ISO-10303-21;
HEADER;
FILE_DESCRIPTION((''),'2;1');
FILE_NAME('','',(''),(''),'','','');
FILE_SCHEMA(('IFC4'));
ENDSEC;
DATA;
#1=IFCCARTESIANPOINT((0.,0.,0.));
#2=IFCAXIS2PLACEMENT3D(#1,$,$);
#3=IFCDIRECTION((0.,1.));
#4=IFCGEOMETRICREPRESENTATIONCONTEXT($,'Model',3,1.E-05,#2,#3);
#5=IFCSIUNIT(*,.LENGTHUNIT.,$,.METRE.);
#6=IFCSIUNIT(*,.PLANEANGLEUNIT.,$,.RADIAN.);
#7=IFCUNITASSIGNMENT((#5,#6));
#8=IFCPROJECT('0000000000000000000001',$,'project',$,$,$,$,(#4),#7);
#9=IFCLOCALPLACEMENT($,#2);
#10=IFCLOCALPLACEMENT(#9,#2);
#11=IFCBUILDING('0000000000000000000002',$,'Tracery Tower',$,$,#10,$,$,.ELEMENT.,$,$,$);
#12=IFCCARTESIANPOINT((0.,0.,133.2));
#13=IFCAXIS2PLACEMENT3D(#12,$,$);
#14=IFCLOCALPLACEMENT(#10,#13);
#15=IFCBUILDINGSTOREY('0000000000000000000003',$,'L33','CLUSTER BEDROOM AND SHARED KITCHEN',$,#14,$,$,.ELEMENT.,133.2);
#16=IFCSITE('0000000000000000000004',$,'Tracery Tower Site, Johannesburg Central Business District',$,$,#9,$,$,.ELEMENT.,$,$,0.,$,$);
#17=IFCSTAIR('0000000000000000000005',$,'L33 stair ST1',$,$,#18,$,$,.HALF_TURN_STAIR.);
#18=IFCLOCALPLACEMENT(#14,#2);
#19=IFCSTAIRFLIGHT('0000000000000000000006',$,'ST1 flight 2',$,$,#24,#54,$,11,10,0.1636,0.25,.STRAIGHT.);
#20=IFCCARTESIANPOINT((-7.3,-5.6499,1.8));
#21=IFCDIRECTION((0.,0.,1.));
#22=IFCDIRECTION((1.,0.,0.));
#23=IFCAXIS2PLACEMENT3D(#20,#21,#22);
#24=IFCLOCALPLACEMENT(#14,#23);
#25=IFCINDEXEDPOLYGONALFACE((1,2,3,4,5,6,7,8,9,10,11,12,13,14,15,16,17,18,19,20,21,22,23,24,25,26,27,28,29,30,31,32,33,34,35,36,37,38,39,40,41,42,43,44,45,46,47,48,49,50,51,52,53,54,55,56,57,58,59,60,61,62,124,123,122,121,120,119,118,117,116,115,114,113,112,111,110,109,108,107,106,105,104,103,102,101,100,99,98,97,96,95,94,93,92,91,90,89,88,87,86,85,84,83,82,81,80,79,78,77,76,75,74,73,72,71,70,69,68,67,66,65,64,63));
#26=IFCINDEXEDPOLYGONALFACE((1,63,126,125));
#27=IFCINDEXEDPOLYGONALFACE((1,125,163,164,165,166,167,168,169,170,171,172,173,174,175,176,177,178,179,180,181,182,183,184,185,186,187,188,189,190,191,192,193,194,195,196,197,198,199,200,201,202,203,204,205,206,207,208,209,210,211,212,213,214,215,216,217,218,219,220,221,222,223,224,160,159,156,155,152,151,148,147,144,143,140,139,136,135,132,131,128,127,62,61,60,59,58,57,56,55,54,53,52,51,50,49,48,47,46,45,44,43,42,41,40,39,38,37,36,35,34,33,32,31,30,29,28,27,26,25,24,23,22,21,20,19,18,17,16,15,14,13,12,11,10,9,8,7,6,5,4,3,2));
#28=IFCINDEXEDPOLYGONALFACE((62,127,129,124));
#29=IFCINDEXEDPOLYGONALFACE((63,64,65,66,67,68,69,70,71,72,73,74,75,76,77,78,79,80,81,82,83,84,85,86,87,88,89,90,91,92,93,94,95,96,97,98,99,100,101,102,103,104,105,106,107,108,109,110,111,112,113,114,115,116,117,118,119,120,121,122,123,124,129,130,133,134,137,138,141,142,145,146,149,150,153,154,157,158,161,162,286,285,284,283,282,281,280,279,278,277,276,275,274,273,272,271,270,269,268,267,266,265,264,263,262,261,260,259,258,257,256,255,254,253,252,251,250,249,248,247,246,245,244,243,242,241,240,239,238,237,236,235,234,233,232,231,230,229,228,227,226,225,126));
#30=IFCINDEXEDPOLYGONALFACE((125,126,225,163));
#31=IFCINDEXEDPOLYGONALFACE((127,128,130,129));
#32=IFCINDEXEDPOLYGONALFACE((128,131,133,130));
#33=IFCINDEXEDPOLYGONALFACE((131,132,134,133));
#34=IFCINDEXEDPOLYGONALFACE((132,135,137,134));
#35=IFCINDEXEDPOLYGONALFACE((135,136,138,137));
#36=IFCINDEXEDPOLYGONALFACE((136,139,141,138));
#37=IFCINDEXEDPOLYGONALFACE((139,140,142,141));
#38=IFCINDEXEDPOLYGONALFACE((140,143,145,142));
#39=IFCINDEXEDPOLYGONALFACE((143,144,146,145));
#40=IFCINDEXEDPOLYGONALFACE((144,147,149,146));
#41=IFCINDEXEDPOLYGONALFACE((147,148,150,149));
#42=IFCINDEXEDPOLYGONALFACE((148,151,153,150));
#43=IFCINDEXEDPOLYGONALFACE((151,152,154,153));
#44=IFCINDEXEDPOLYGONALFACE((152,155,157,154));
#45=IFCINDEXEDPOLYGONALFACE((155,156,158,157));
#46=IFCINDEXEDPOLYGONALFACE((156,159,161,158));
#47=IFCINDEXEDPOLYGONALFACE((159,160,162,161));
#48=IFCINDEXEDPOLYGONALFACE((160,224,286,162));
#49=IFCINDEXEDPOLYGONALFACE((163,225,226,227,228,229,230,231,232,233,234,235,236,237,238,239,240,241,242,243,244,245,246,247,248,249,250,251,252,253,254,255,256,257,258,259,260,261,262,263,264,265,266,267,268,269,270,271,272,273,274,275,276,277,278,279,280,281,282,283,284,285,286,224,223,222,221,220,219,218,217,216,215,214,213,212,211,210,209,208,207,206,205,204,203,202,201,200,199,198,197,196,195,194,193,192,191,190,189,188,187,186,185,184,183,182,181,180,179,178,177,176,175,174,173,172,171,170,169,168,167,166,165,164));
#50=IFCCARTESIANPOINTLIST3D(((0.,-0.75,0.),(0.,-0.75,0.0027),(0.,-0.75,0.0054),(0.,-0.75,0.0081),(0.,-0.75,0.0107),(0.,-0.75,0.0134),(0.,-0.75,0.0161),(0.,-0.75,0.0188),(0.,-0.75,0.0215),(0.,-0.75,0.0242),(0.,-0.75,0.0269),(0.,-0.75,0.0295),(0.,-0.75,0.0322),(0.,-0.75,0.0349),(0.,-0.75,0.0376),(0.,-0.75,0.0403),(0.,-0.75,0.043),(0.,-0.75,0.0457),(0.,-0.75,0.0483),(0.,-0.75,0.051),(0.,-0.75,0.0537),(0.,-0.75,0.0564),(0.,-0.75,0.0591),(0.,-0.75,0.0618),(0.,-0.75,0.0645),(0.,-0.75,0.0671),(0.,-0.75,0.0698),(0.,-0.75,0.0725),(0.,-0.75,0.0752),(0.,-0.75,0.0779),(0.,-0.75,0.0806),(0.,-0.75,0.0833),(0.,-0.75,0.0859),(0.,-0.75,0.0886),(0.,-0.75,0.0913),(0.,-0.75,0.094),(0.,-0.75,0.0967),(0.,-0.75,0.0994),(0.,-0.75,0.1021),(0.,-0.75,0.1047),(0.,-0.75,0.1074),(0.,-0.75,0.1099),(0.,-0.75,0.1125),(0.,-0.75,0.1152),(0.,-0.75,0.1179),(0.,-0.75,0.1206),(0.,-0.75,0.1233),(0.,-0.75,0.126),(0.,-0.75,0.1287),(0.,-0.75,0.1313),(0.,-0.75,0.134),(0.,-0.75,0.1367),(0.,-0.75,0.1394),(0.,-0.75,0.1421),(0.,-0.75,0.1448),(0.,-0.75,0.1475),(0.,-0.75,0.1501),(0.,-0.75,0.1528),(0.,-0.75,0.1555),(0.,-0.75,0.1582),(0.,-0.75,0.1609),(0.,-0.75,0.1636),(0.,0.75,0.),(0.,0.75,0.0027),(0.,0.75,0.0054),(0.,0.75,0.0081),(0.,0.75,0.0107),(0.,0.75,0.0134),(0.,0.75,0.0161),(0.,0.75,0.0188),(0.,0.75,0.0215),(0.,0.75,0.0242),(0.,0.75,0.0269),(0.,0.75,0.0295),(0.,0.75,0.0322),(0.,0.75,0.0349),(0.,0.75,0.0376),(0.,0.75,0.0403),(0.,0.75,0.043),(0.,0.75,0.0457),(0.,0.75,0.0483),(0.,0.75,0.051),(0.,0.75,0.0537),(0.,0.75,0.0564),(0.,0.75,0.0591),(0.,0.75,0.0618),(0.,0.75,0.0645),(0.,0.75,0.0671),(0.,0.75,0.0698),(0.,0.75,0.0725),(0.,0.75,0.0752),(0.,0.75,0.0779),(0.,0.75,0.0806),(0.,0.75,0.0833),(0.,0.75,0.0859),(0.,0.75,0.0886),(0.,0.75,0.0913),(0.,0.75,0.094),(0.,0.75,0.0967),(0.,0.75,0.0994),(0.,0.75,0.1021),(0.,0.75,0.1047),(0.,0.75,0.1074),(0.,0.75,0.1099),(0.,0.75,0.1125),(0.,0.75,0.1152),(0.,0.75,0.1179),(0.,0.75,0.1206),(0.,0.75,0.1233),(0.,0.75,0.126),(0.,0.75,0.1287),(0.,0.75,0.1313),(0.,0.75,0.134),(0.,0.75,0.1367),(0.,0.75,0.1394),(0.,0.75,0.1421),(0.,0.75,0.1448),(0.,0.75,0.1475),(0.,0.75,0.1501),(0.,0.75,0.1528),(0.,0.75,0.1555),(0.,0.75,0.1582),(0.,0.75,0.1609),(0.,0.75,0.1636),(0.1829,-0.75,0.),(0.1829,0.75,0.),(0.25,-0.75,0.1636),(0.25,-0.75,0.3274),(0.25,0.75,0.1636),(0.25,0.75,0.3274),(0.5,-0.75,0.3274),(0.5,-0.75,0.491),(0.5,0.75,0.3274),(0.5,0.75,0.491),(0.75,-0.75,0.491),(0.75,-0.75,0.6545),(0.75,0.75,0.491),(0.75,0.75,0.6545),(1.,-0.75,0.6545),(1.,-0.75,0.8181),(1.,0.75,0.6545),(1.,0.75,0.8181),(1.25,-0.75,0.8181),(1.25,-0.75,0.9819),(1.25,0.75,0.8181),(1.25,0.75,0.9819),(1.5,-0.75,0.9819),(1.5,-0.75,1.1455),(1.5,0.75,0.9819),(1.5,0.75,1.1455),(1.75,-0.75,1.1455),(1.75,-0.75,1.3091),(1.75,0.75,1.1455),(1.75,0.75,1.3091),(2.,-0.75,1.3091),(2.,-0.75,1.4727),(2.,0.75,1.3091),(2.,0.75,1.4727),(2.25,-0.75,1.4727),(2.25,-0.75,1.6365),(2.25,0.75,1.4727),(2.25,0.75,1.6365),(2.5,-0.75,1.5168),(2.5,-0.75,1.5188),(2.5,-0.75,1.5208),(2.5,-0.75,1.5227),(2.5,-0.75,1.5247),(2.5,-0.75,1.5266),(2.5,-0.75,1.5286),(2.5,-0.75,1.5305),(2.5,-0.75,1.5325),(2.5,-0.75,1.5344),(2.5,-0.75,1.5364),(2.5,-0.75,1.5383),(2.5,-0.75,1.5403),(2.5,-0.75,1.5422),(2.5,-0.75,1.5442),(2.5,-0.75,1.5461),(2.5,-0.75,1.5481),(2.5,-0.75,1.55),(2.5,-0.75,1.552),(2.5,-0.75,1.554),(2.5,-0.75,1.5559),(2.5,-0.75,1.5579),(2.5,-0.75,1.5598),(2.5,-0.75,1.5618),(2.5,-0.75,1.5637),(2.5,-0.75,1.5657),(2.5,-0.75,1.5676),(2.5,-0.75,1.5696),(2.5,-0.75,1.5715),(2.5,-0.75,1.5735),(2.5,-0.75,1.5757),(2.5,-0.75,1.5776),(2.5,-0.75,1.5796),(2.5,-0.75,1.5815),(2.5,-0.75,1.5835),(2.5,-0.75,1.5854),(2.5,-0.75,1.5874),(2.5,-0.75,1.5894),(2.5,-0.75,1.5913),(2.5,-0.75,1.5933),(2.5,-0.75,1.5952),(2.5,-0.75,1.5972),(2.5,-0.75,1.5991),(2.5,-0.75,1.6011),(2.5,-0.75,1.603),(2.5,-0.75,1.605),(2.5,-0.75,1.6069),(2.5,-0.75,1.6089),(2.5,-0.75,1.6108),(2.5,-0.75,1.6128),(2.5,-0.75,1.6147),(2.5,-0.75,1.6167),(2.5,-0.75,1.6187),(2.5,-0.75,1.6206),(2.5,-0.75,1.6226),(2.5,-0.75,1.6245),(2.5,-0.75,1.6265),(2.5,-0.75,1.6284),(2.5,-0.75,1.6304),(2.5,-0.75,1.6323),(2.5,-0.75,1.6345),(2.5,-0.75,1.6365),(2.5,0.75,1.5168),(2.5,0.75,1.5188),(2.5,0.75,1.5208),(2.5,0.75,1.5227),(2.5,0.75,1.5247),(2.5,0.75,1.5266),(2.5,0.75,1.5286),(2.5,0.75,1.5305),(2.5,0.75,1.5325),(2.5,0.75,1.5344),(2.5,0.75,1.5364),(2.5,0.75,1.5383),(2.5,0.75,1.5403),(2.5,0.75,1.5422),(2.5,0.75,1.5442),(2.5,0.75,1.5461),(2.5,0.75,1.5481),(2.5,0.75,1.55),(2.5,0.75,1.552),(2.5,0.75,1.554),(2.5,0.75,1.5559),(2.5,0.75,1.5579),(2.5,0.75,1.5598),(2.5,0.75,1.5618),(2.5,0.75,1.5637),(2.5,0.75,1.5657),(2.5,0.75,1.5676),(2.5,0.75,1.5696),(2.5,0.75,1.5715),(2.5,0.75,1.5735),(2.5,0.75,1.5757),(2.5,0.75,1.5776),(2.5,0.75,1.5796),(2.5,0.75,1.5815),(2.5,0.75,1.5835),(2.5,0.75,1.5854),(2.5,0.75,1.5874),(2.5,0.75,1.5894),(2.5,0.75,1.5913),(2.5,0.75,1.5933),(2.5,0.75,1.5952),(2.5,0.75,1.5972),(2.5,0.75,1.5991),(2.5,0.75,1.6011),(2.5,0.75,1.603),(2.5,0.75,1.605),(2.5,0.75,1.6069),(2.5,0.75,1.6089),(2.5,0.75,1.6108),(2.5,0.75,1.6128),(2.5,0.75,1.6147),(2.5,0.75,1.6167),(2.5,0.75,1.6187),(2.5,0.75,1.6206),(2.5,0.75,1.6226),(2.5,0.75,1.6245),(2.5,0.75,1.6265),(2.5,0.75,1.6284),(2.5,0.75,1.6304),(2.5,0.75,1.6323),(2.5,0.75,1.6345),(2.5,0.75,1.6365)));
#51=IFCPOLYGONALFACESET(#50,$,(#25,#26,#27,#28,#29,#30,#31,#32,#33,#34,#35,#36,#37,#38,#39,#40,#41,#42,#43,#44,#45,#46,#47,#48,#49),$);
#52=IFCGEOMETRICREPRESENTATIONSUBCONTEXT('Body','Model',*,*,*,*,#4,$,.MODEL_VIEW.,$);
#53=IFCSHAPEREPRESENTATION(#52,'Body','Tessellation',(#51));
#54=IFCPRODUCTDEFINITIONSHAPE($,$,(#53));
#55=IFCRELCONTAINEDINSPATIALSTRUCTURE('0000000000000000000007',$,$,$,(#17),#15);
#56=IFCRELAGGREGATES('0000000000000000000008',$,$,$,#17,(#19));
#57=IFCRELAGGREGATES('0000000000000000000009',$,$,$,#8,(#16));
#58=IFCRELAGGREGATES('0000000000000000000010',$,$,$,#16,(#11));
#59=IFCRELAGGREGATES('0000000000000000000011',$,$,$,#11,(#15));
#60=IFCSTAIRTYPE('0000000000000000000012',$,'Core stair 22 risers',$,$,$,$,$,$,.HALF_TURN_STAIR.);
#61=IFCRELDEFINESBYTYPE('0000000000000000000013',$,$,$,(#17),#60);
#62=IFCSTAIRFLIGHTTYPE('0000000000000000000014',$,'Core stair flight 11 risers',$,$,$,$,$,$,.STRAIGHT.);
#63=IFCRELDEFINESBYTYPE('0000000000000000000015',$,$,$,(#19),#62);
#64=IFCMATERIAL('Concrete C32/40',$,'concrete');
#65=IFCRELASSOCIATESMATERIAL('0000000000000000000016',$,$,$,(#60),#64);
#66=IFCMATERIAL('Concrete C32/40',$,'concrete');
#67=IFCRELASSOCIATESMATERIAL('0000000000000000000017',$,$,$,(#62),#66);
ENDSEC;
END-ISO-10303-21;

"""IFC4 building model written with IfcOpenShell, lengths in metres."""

from ifc_helpers import new_model, si_unit, direction, frame, origin, place, context, subcontext, project, spatial, polyline, outline, extrude, material, type_object, element, aggregate, save


model = new_model("IFC4")

# Units and contexts
model_context = context("Model", 3, precision=1e-05, world=origin(), true_north=direction((0.0, 1.0)))
body_context = subcontext(model_context, "Body", "Model", "MODEL_VIEW")
ifc_project = project(units=[si_unit("LENGTHUNIT", "METRE"), si_unit("PLANEANGLEUNIT", "RADIAN")], contexts=[model_context])

# Site, building, storey
site_placement = place(None, origin())
site = spatial("IfcSite", under=ifc_project, at=site_placement, Name="Tracery Tower Site, Johannesburg Central Business District", CompositionType="ELEMENT", RefElevation=0.0)
building_placement = place(site_placement, origin())
building = spatial("IfcBuilding", under=site, at=building_placement, Name="Tracery Tower", CompositionType="ELEMENT")
storey_placement = place(building_placement, frame((0.0, 0.0, 133.2)))
storey = spatial("IfcBuildingStorey", under=building, at=storey_placement, Name="L33", Description="CLUSTER BEDROOM AND SHARED KITCHEN", CompositionType="ELEMENT", Elevation=133.2)

# Stair, stair flight
ifc_material_1 = material(Name="Concrete C32/40", Category="concrete")
stair_type = type_object("IfcStairType", Name="Core stair 22 risers", PredefinedType="HALF_TURN_STAIR", material=ifc_material_1)
stair_placement = place(storey_placement, origin())
stair = element("IfcStair", 1, at=stair_placement, inside=storey, type_object=stair_type, Name="L33 stair ST1", PredefinedType="HALF_TURN_STAIR")
ifc_material_2 = material(Name="Concrete C32/40", Category="concrete")
stair_flight_type = type_object("IfcStairFlightType", Name="Core stair flight 11 risers", PredefinedType="STRAIGHT", material=ifc_material_2)
stair_flight_1_placement = place(storey_placement, frame((-7.3, -5.6499, 1.8), z_axis=(0.0, 0.0, 1.0), x_axis=(1.0, 0.0, 0.0)))
stair_flight_1 = element("IfcStairFlight", 2, at=stair_flight_1_placement, type_object=stair_flight_type, Name="ST1 flight 2", NumberOfRisers=11, NumberOfTreads=10, PredefinedType="STRAIGHT", RiserHeight=0.1636, TreadLength=0.25, context=body_context, shape_type="SweptSolid", body=[
    extrude(outline(polyline([(0.0, 0.0), (0.0, 0.0027), (0.0, 0.0054), (0.0, 0.0081), (0.0, 0.0107), (0.0, 0.0134), (0.0, 0.0161), (0.0, 0.0188), (0.0, 0.0215), (0.0, 0.0242), (0.0, 0.0269), (0.0, 0.0295), (0.0, 0.0322), (0.0, 0.0349), (0.0, 0.0376), (0.0, 0.0403), (0.0, 0.043), (0.0, 0.0457), (0.0, 0.0483), (0.0, 0.051), (0.0, 0.0537), (0.0, 0.0564), (0.0, 0.0591), (0.0, 0.0618), (0.0, 0.0645), (0.0, 0.0671), (0.0, 0.0698), (0.0, 0.0725), (0.0, 0.0752), (0.0, 0.0779), (0.0, 0.0806), (0.0, 0.0833), (0.0, 0.0859), (0.0, 0.0886), (0.0, 0.0913), (0.0, 0.094), (0.0, 0.0967), (0.0, 0.0994), (0.0, 0.1021), (0.0, 0.1047), (0.0, 0.1074), (0.0, 0.1099), (0.0, 0.1125), (0.0, 0.1152), (0.0, 0.1179), (0.0, 0.1206), (0.0, 0.1233), (0.0, 0.126), (0.0, 0.1287), (0.0, 0.1313), (0.0, 0.134), (0.0, 0.1367), (0.0, 0.1394), (0.0, 0.1421), (0.0, 0.1448), (0.0, 0.1475), (0.0, 0.1501), (0.0, 0.1528), (0.0, 0.1555), (0.0, 0.1582), (0.0, 0.1609), (0.0, 0.1636), (0.25, 0.1636), (0.25, 0.3274), (0.5, 0.3274), (0.5, 0.491), (0.75, 0.491), (0.75, 0.6545), (1.0, 0.6545), (1.0, 0.8181), (1.25, 0.8181), (1.25, 0.9819), (1.5, 0.9819), (1.5, 1.1455), (1.75, 1.1455), (1.75, 1.3091), (2.0, 1.3091), (2.0, 1.4727), (2.25, 1.4727), (2.25, 1.6365), (2.5, 1.6365), (2.5, 1.6345), (2.5, 1.6323), (2.5, 1.6304), (2.5, 1.6284), (2.5, 1.6265), (2.5, 1.6245), (2.5, 1.6226), (2.5, 1.6206), (2.5, 1.6187), (2.5, 1.6167), (2.5, 1.6147), (2.5, 1.6128), (2.5, 1.6108), (2.5, 1.6089), (2.5, 1.6069), (2.5, 1.605), (2.5, 1.603), (2.5, 1.6011), (2.5, 1.5991), (2.5, 1.5972), (2.5, 1.5952), (2.5, 1.5933), (2.5, 1.5913), (2.5, 1.5894), (2.5, 1.5874), (2.5, 1.5854), (2.5, 1.5835), (2.5, 1.5815), (2.5, 1.5796), (2.5, 1.5776), (2.5, 1.5757), (2.5, 1.5735), (2.5, 1.5715), (2.5, 1.5696), (2.5, 1.5676), (2.5, 1.5657), (2.5, 1.5637), (2.5, 1.5618), (2.5, 1.5598), (2.5, 1.5579), (2.5, 1.5559), (2.5, 1.554), (2.5, 1.552), (2.5, 1.55), (2.5, 1.5481), (2.5, 1.5461), (2.5, 1.5442), (2.5, 1.5422), (2.5, 1.5403), (2.5, 1.5383), (2.5, 1.5364), (2.5, 1.5344), (2.5, 1.5325), (2.5, 1.5305), (2.5, 1.5286), (2.5, 1.5266), (2.5, 1.5247), (2.5, 1.5227), (2.5, 1.5208), (2.5, 1.5188), (2.5, 1.5168), (0.1829, 0.0), (0.0, 0.0)])), frame((0.0, 0.75, 0.0), z_axis=(0.0, -1.0, 0.0), x_axis=(1.0, 0.0, 0.0)), (0.0, 0.0, 1.0), 1.5),
])
aggregate(stair, [stair_flight_1])

save(model, "model.ifc")
